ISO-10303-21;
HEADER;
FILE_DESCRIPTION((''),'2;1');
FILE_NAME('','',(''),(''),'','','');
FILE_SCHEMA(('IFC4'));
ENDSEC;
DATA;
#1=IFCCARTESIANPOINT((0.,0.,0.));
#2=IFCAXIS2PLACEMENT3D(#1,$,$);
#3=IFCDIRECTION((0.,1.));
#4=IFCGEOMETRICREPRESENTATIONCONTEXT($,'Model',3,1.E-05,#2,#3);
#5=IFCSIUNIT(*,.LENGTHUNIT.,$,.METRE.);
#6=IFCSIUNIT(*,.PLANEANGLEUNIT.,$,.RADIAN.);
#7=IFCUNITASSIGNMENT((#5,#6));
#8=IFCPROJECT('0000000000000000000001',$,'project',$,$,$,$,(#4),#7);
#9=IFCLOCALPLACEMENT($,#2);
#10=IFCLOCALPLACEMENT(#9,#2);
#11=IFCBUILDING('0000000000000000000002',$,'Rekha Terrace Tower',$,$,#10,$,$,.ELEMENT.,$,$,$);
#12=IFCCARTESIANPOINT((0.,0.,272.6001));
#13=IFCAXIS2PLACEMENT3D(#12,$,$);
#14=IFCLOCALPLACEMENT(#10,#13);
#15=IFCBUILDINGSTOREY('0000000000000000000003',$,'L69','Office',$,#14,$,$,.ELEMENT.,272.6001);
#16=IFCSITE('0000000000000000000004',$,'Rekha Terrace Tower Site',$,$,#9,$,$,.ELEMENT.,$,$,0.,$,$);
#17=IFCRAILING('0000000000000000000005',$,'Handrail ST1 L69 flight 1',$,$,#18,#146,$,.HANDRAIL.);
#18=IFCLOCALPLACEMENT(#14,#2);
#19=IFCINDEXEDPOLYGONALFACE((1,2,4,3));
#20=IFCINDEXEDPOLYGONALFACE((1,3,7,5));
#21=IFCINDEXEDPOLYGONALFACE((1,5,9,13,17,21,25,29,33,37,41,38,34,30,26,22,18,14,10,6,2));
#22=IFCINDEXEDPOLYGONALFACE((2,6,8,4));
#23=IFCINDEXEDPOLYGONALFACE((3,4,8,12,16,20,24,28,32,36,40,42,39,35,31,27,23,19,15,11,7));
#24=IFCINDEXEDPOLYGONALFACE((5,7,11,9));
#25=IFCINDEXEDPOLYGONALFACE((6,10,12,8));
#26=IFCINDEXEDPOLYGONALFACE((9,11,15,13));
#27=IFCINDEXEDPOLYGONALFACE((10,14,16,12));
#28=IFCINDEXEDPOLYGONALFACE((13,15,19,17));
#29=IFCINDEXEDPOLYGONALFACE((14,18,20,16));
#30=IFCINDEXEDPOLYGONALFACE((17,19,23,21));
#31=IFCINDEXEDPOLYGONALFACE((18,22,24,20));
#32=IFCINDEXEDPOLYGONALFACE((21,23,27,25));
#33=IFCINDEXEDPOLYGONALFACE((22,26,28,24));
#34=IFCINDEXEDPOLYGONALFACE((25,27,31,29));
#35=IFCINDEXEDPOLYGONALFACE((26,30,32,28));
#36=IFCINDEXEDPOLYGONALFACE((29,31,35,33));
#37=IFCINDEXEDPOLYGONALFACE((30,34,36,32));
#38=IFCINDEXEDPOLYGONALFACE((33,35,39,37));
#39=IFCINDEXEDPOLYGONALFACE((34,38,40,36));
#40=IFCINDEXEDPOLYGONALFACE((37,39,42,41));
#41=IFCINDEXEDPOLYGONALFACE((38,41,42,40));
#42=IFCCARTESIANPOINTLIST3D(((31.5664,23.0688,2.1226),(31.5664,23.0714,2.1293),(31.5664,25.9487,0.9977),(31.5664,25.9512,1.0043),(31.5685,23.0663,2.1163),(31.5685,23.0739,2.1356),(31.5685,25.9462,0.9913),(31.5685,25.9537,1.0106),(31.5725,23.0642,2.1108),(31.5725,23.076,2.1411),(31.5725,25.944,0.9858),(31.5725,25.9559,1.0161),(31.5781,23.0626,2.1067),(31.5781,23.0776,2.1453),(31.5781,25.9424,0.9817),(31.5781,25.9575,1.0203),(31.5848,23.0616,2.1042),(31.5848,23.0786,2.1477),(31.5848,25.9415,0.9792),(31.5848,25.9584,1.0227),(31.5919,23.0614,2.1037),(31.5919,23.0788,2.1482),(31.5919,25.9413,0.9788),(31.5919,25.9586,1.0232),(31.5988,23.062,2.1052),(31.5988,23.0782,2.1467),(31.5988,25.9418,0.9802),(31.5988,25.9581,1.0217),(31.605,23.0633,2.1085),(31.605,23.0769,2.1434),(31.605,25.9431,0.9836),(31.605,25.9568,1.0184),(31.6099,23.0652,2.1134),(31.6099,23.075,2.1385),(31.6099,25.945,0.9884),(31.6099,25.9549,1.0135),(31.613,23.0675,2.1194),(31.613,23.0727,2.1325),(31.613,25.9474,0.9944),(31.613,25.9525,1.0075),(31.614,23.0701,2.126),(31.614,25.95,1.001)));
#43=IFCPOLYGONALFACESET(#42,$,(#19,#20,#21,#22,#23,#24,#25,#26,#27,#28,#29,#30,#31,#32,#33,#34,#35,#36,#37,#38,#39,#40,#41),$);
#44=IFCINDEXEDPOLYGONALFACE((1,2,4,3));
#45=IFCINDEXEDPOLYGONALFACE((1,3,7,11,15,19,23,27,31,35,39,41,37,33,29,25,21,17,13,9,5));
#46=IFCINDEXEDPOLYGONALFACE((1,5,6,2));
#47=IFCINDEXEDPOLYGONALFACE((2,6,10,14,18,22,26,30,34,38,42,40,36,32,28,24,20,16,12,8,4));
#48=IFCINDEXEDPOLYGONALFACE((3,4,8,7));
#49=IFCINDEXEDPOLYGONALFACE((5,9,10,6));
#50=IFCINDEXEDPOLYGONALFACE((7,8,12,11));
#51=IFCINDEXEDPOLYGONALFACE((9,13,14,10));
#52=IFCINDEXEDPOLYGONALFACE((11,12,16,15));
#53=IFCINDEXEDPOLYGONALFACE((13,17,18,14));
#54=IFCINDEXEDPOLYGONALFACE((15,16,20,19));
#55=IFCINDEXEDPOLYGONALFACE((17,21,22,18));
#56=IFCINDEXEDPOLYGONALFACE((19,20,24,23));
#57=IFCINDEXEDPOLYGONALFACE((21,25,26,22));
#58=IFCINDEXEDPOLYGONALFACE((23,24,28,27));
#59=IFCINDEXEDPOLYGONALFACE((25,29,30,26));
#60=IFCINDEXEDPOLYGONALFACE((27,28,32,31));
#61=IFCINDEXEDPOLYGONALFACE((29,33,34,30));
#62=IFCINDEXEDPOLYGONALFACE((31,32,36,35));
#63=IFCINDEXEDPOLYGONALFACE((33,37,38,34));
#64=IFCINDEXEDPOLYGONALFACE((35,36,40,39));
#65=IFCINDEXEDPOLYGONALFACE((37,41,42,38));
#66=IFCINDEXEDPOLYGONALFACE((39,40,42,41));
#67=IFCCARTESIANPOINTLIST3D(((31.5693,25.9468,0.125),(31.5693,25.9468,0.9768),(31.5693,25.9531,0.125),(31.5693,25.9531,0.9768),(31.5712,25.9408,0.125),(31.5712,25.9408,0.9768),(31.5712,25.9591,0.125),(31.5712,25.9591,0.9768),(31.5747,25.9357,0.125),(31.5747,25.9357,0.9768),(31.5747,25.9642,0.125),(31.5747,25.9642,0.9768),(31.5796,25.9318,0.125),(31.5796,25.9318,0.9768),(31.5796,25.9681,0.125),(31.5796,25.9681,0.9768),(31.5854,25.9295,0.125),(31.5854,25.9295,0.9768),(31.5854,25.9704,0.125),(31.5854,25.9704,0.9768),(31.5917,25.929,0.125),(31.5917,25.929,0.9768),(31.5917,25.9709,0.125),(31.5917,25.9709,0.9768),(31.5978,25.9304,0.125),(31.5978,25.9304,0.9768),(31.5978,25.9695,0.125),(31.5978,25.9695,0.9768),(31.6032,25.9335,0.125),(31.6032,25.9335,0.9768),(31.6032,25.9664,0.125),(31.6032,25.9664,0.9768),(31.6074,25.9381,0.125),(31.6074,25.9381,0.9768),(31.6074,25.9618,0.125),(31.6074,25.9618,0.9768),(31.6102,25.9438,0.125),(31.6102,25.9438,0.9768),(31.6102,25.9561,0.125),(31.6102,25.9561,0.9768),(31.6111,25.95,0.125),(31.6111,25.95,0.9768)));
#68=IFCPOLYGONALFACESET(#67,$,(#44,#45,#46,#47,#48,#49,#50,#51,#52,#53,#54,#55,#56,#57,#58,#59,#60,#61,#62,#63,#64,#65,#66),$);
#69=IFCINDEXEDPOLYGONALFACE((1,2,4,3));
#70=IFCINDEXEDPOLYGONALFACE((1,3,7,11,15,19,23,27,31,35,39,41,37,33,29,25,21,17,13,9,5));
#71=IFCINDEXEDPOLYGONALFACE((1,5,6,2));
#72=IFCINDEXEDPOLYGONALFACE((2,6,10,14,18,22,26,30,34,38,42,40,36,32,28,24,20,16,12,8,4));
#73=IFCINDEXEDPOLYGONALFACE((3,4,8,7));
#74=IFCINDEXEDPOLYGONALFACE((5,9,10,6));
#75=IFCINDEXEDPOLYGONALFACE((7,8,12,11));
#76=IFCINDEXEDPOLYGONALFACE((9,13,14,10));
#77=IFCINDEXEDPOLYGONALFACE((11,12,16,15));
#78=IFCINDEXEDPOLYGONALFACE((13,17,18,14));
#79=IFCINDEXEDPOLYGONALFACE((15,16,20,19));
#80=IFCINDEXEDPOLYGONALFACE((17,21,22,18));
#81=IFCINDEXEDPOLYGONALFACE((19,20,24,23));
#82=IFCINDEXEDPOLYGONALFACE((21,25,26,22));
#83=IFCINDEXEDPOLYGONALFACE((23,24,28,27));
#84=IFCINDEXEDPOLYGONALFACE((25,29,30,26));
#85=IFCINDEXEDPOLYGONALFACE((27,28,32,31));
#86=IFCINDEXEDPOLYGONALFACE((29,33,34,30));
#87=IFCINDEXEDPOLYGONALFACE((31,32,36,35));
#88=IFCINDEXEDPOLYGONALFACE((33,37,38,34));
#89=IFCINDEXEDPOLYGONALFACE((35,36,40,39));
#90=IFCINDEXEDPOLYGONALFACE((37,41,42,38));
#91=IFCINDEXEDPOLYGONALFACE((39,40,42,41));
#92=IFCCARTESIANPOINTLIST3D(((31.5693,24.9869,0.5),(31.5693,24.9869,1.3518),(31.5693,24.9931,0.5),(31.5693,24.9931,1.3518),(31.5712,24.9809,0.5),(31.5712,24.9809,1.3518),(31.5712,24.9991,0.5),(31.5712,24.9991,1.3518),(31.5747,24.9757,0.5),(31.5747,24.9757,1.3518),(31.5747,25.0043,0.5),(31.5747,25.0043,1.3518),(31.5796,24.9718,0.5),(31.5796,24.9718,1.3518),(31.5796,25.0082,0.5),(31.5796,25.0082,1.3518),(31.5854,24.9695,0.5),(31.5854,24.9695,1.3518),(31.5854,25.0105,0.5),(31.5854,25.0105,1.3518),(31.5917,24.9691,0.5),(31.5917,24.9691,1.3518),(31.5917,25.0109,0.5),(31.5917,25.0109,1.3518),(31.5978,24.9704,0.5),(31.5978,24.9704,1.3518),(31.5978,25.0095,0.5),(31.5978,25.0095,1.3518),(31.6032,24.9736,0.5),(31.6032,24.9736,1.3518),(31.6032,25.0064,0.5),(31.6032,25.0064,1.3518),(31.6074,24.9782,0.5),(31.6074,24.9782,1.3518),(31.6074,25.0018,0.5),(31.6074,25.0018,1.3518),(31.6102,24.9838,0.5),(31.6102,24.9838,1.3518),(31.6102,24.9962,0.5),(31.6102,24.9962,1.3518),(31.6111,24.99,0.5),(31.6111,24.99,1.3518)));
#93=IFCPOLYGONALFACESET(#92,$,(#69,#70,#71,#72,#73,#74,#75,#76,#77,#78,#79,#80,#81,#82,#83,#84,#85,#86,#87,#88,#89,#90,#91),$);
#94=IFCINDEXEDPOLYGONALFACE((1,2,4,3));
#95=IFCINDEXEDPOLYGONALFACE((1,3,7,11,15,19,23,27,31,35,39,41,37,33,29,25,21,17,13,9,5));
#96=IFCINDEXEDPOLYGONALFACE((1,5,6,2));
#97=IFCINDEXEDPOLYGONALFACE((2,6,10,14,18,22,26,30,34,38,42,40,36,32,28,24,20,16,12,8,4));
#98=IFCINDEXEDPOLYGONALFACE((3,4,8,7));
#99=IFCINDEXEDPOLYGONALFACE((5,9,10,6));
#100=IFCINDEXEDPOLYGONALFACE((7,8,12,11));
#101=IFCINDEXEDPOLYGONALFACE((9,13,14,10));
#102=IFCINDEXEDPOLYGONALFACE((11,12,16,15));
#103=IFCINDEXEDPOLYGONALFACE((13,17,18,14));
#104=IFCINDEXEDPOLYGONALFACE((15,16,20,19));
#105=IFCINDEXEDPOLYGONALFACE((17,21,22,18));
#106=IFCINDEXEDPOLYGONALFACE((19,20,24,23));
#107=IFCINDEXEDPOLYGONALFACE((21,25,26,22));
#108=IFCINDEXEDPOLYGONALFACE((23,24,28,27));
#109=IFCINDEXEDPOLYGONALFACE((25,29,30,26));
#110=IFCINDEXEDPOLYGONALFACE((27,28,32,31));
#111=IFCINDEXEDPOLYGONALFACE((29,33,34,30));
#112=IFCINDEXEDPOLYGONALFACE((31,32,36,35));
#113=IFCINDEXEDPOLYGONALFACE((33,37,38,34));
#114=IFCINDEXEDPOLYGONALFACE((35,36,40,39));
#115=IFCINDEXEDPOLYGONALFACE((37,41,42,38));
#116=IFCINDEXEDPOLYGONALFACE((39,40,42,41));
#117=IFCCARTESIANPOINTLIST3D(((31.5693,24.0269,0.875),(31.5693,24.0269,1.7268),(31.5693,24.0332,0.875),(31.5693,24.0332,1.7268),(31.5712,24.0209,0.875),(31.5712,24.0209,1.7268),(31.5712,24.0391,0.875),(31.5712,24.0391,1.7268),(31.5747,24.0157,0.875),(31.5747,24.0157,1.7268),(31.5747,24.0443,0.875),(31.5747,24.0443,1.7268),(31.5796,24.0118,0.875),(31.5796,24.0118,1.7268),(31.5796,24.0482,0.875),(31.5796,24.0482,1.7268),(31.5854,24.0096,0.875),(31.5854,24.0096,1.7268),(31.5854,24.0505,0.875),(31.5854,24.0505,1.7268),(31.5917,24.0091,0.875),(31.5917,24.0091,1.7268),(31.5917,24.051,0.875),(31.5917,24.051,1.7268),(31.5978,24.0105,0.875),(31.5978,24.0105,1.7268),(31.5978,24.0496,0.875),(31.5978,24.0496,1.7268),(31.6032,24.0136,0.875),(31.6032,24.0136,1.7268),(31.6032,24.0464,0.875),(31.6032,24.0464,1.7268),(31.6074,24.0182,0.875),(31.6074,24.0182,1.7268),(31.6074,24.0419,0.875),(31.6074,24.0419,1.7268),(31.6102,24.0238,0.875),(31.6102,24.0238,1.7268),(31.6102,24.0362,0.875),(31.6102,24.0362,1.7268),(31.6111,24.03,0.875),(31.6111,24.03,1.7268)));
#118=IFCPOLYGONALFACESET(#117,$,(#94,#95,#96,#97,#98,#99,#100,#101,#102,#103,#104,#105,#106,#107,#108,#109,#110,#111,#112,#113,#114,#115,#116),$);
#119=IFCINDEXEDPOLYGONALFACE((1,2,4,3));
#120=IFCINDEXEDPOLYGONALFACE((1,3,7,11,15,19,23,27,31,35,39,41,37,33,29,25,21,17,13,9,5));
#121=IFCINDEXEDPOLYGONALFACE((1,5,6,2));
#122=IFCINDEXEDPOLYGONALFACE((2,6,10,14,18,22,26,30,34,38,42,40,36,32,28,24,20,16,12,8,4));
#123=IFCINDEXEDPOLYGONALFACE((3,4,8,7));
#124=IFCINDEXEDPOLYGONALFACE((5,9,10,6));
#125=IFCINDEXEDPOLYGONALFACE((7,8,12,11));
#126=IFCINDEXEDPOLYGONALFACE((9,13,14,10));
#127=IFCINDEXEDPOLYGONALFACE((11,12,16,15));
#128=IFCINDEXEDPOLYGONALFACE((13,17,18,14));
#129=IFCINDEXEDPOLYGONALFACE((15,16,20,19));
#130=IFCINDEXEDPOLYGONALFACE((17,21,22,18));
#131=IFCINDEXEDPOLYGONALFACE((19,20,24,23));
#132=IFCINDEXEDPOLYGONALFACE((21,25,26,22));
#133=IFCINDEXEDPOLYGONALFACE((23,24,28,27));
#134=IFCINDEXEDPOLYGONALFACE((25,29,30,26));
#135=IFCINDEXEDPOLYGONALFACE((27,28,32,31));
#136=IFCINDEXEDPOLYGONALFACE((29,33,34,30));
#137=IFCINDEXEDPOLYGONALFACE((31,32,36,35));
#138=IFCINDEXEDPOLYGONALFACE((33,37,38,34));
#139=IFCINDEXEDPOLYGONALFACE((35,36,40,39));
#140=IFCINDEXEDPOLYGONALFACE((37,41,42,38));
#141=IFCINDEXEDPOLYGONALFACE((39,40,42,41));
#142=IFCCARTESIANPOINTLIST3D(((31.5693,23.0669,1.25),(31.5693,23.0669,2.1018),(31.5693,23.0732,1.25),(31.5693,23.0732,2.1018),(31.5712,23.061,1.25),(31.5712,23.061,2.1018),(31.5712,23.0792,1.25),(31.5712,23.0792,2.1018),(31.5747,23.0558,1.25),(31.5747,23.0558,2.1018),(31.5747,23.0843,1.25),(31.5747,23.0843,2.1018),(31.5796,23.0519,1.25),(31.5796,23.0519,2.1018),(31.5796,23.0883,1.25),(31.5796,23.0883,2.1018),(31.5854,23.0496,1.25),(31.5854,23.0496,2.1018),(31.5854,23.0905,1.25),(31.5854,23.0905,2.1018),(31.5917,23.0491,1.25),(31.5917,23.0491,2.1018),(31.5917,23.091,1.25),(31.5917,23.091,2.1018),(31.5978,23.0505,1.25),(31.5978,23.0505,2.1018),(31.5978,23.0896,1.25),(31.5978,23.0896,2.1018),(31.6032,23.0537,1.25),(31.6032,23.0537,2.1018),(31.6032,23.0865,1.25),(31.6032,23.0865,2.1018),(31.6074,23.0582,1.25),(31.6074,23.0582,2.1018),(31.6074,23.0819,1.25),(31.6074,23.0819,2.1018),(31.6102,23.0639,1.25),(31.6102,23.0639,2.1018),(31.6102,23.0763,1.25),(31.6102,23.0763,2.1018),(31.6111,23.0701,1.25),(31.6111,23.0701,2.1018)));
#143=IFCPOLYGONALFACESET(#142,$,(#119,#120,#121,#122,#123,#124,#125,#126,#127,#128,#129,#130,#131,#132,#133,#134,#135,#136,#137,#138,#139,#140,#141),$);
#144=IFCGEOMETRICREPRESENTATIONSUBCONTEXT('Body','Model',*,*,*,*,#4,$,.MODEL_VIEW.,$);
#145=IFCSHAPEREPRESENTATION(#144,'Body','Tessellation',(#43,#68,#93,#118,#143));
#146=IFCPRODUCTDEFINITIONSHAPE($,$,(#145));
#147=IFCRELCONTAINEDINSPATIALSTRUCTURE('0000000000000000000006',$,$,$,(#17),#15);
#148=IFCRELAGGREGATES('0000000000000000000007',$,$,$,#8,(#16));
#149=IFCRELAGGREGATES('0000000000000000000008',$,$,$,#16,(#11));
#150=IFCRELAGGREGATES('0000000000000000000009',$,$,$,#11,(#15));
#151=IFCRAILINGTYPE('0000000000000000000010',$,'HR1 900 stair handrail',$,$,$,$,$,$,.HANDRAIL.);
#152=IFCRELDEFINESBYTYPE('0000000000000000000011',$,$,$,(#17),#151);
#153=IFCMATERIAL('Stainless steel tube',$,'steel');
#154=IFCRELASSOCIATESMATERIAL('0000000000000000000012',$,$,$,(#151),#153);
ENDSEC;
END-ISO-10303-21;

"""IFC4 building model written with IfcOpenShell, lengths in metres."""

from ifc_helpers import new_model, si_unit, direction, frame, origin, origin_2d, place, context, subcontext, project, spatial, circle, extrude, material, type_object, element, save


model = new_model("IFC4")

# Units and contexts
model_context = context("Model", 3, precision=1e-05, world=origin(), true_north=direction((0.0, 1.0)))
body_context = subcontext(model_context, "Body", "Model", "MODEL_VIEW")
ifc_project = project(units=[si_unit("LENGTHUNIT", "METRE"), si_unit("PLANEANGLEUNIT", "RADIAN")], contexts=[model_context])

# Site, building, storey
site_placement = place(None, origin())
site = spatial("IfcSite", under=ifc_project, at=site_placement, Name="Rekha Terrace Tower Site", CompositionType="ELEMENT", RefElevation=0.0)
building_placement = place(site_placement, origin())
building = spatial("IfcBuilding", under=site, at=building_placement, Name="Rekha Terrace Tower", CompositionType="ELEMENT")
storey_placement = place(building_placement, frame((0.0, 0.0, 272.6001)))
storey = spatial("IfcBuildingStorey", under=building, at=storey_placement, Name="L69", Description="Office", CompositionType="ELEMENT", Elevation=272.6001)

# Railing
ifc_material_1 = material(Name="Stainless steel tube", Category="steel")
railing_type_1 = type_object("IfcRailingType", Name="HR1 900 stair handrail", PredefinedType="HANDRAIL", material=ifc_material_1)
railing_1_placement = place(storey_placement, frame((31.5901, 25.95, 0.125)))
element("IfcRailing", 1, at=railing_1_placement, inside=storey, type_object=railing_type_1, Name="Handrail ST1 L69 flight 1", PredefinedType="HANDRAIL", context=body_context, shape_type="SweptSolid", body=[
    extrude(circle(Radius=0.0239, at=origin_2d()), frame((0.0, 0.0, 0.876), z_axis=(0.0, -0.931452, 0.363863), x_axis=(1.0, 0.0, 0.0)), (0.0, 0.0, 1.0), 3.0918),
    extrude(circle(Radius=0.021, at=origin_2d()), origin(), (0.0, 0.0, 1.0), 0.8518),
    extrude(circle(Radius=0.021, at=origin_2d()), frame((0.0, -0.96, 0.375)), (0.0, 0.0, 1.0), 0.8518),
    extrude(circle(Radius=0.021, at=origin_2d()), frame((0.0, -1.9199, 0.75)), (0.0, 0.0, 1.0), 0.8518),
    extrude(circle(Radius=0.021, at=origin_2d()), frame((0.0, -2.8799, 1.125)), (0.0, 0.0, 1.0), 0.8518),
])

save(model, "model.ifc")
